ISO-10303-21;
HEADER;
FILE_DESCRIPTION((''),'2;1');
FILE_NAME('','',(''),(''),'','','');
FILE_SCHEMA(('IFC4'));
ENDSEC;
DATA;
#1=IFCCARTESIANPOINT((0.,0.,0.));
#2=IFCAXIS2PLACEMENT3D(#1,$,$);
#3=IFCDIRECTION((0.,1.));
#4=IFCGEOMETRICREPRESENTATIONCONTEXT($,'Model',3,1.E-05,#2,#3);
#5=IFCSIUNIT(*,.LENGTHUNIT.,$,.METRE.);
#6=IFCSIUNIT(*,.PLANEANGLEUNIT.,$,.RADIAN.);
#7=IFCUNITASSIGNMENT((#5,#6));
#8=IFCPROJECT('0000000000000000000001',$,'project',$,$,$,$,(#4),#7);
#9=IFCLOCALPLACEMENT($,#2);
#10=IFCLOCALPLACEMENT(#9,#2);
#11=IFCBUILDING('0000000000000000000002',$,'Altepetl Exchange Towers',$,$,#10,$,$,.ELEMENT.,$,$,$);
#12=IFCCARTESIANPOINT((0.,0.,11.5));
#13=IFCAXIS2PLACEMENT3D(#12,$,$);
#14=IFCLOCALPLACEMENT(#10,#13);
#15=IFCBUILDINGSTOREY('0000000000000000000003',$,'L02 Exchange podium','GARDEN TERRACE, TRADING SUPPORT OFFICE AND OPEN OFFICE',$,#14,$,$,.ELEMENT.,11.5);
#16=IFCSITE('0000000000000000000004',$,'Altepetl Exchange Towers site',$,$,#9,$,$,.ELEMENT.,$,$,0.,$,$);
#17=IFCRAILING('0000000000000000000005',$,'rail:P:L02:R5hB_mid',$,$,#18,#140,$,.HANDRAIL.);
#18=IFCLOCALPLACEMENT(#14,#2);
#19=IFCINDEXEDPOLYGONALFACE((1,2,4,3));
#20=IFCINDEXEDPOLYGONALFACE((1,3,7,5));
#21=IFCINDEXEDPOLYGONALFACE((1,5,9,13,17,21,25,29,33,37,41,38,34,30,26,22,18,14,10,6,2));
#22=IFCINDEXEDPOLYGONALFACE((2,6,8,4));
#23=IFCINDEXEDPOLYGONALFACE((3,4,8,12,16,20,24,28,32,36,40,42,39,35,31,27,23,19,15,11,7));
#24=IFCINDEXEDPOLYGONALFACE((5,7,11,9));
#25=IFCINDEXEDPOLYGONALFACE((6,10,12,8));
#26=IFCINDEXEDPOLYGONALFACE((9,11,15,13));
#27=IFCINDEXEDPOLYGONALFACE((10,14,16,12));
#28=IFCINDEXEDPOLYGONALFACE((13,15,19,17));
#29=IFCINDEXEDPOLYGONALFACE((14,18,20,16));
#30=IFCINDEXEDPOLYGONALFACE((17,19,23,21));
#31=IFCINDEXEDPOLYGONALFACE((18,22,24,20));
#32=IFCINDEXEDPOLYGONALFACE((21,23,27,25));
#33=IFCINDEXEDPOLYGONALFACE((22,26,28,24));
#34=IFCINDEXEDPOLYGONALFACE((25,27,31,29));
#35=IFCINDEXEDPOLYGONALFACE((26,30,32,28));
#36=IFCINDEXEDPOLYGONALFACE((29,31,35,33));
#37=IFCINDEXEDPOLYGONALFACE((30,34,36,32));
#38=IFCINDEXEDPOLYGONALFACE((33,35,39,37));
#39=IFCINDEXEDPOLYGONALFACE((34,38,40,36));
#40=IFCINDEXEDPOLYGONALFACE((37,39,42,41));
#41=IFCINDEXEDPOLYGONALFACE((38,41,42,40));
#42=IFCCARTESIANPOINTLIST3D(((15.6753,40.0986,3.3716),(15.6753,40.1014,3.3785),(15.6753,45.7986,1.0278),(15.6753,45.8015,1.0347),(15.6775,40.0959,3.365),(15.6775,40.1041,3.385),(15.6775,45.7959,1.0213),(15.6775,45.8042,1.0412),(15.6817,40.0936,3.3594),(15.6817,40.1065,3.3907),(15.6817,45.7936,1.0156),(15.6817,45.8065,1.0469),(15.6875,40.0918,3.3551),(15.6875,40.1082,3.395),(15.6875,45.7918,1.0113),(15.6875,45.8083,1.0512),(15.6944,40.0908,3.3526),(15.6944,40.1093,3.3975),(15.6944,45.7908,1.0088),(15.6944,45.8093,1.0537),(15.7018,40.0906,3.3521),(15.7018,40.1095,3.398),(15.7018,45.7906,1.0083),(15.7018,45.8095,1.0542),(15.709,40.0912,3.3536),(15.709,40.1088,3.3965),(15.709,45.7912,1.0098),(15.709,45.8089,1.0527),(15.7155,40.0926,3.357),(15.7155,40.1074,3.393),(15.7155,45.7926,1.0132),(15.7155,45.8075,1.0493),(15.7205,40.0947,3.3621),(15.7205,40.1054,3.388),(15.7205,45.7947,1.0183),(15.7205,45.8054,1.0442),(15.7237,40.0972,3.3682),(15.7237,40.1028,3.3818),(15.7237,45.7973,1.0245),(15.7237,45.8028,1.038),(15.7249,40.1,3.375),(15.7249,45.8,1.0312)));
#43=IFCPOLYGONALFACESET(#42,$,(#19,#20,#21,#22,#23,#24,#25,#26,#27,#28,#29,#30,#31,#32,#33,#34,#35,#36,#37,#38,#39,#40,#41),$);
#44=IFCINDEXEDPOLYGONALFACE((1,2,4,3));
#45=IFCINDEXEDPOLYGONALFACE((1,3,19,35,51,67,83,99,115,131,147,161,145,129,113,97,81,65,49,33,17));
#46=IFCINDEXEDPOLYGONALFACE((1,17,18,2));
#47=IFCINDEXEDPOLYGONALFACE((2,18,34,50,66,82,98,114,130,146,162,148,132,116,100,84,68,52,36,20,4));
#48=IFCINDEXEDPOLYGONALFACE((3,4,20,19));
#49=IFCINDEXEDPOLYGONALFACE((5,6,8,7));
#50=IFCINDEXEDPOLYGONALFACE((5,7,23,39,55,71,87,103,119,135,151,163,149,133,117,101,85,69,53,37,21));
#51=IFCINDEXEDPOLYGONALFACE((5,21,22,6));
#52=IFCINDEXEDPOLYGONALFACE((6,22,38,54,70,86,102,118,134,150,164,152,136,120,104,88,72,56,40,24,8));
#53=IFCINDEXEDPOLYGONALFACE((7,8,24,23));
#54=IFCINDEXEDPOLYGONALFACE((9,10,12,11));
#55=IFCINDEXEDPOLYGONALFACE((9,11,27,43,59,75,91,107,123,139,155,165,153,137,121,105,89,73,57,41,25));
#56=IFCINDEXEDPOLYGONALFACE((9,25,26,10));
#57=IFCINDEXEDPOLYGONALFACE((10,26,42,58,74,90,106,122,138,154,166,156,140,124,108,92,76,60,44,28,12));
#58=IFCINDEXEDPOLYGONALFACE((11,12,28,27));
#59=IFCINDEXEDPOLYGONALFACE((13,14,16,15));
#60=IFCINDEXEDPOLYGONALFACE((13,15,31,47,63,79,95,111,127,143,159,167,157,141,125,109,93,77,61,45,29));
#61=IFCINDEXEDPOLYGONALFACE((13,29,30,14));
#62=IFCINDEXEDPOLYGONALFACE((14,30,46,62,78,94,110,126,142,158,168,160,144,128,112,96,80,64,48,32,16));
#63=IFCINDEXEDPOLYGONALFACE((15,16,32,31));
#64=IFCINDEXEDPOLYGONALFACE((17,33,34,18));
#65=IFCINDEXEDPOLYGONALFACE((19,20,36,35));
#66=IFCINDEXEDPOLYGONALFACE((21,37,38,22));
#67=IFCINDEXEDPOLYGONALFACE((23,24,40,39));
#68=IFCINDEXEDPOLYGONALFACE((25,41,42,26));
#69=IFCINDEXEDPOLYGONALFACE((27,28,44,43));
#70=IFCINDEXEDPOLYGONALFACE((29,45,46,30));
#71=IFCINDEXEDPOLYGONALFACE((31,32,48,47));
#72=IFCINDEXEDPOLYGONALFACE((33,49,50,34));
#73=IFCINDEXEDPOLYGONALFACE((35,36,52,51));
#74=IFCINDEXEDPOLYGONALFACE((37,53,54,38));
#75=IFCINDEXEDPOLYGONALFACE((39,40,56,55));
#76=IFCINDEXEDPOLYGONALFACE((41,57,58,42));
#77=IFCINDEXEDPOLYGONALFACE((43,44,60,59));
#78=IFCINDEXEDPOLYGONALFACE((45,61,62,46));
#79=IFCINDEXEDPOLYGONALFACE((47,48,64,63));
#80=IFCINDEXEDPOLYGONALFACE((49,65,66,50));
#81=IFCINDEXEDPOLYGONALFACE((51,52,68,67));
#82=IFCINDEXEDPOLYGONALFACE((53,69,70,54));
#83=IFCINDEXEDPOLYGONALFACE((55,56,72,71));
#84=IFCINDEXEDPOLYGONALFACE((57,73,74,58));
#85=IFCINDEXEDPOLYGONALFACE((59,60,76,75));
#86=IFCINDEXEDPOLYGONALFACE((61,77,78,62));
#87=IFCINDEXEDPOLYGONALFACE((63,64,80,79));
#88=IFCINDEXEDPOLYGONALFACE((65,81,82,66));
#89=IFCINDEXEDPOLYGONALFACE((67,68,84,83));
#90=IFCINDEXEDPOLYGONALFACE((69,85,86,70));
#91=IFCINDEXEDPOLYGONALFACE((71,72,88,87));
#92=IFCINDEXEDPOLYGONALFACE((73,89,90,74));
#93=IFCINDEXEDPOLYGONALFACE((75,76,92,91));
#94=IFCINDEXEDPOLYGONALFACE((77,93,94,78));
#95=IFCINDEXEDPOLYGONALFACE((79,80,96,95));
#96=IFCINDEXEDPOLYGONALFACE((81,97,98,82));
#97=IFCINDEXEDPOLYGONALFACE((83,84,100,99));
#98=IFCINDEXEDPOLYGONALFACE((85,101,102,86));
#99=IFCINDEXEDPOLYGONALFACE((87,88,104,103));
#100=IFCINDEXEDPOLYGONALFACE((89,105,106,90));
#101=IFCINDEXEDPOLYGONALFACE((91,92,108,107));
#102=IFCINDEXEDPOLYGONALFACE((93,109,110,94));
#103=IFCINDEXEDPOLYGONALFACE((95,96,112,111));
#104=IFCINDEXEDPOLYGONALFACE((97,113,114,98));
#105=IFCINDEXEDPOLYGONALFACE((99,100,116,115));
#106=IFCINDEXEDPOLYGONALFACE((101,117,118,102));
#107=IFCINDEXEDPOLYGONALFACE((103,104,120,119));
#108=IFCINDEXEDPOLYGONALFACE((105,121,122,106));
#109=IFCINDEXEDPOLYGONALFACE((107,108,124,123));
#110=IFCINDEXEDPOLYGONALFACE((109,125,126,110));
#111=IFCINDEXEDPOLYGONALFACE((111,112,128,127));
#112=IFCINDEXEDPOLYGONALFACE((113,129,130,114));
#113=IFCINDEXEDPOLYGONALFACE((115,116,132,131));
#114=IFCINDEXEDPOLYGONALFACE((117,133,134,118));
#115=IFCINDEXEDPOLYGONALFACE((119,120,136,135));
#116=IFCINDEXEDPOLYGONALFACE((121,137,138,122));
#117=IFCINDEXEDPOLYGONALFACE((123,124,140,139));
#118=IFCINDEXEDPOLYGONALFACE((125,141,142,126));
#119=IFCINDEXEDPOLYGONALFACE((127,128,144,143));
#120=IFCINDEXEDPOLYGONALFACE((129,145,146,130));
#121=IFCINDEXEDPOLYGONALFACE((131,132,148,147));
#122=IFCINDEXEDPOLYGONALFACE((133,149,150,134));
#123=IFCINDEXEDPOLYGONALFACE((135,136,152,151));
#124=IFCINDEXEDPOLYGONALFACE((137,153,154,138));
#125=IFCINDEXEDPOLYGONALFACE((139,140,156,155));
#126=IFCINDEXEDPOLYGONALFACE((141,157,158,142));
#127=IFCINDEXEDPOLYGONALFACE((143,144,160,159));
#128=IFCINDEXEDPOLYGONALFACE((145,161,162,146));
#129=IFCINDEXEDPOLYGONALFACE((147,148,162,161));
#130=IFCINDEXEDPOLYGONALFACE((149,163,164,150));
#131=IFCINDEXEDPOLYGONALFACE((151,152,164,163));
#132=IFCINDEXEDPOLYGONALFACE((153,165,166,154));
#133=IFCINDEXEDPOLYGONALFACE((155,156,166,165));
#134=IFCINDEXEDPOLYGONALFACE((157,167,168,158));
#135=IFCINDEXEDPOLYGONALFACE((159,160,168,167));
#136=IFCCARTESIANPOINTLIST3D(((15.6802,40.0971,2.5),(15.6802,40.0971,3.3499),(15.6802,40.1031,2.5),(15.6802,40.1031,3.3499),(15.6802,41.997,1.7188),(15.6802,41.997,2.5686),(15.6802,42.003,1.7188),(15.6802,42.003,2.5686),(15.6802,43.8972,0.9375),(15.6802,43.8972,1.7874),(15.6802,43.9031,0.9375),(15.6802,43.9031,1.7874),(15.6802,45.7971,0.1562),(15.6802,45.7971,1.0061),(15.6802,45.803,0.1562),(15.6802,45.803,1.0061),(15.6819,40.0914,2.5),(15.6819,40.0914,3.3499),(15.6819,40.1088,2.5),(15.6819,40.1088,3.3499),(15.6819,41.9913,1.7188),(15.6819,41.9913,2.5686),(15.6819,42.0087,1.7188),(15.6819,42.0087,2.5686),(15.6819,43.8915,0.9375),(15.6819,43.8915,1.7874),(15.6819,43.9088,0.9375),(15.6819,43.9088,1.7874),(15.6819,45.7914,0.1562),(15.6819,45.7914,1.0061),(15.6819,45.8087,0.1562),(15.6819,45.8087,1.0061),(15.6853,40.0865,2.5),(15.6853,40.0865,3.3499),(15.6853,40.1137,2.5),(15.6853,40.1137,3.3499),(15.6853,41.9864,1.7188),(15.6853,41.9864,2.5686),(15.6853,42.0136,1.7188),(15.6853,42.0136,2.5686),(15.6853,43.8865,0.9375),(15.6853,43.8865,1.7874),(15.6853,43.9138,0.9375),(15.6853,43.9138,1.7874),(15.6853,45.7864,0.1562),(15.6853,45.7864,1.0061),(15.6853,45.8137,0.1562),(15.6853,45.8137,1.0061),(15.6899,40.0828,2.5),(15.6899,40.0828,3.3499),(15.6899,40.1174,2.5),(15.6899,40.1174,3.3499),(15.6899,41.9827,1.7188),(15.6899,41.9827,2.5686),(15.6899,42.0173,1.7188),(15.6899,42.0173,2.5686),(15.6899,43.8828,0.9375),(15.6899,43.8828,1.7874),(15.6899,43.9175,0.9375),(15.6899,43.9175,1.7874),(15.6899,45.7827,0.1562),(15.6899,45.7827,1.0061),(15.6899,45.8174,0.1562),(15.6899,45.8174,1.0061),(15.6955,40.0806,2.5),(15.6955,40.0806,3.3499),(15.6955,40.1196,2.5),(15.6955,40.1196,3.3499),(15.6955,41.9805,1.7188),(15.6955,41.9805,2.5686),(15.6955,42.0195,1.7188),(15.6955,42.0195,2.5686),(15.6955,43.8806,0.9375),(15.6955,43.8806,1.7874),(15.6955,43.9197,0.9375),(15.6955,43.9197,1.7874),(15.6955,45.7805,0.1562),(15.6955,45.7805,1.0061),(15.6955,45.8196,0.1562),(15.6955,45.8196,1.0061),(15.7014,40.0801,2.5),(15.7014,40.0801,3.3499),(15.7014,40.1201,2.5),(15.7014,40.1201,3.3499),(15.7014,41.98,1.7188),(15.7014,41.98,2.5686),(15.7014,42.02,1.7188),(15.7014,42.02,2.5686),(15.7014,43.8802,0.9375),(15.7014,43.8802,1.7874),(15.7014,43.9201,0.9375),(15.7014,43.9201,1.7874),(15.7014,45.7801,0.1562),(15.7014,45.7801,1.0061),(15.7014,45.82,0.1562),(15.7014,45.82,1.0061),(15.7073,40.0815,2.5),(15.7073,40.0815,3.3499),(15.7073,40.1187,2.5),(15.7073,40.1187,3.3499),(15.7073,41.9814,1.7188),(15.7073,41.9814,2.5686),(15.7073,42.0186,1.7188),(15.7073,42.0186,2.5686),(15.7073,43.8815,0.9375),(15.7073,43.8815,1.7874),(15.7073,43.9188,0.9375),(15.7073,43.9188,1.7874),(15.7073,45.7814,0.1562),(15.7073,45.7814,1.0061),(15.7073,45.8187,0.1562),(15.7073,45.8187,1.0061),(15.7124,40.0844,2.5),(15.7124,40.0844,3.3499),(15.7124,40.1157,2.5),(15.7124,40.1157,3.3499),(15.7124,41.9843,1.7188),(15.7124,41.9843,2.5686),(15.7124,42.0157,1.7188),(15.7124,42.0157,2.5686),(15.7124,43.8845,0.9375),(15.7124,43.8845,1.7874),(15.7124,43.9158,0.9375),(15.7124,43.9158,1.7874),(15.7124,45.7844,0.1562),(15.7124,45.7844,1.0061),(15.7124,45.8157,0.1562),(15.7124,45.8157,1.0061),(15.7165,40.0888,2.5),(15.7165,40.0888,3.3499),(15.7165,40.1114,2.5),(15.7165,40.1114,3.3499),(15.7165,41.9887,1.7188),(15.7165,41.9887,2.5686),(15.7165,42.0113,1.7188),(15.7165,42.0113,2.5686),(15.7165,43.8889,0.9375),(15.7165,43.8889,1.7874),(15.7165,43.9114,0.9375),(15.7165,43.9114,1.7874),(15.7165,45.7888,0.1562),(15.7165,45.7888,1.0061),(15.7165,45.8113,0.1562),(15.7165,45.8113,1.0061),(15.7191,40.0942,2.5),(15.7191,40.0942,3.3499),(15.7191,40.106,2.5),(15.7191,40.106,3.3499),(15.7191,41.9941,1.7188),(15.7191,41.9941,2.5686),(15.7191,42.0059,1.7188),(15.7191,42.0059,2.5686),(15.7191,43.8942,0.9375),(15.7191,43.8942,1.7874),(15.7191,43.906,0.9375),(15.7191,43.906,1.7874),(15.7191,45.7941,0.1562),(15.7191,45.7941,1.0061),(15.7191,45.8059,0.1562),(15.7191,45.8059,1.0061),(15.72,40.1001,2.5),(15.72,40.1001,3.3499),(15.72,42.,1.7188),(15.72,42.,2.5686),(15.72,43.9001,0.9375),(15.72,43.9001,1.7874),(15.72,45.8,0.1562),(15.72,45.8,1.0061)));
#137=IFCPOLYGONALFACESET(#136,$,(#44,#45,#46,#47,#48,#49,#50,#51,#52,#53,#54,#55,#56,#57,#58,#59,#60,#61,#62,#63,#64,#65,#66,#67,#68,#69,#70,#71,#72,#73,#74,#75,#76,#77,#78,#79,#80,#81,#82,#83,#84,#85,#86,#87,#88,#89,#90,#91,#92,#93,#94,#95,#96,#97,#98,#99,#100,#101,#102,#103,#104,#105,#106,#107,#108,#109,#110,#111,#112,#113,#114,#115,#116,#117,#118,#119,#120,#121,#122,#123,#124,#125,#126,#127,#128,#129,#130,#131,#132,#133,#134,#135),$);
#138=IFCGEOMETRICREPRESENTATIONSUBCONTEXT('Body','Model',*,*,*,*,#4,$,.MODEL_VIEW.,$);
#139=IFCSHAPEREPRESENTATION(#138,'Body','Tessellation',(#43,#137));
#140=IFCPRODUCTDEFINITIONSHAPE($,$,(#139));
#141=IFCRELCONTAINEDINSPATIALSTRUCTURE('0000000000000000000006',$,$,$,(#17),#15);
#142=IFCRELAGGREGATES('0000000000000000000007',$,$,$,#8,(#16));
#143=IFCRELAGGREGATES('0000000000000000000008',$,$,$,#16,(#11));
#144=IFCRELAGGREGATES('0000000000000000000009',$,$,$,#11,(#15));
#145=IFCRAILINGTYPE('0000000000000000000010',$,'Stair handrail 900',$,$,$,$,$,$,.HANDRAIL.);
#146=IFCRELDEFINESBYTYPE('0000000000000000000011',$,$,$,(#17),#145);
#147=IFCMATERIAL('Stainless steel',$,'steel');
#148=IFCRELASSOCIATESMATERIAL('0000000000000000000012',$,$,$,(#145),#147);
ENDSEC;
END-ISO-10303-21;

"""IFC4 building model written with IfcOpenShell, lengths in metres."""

from ifc_helpers import new_model, si_unit, direction, frame, origin, origin_2d, place, context, subcontext, project, spatial, circle, extrude, source, transform, mapped, material, type_object, element, save


model = new_model("IFC4")

# Units and contexts
model_context = context("Model", 3, precision=1e-05, world=origin(), true_north=direction((0.0, 1.0)))
body_context = subcontext(model_context, "Body", "Model", "MODEL_VIEW")
ifc_project = project(units=[si_unit("LENGTHUNIT", "METRE"), si_unit("PLANEANGLEUNIT", "RADIAN")], contexts=[model_context])

# Site, building, storey
site_placement = place(None, origin())
site = spatial("IfcSite", under=ifc_project, at=site_placement, Name="Altepetl Exchange Towers site", CompositionType="ELEMENT", RefElevation=0.0)
building_placement = place(site_placement, origin())
building = spatial("IfcBuilding", under=site, at=building_placement, Name="Altepetl Exchange Towers", CompositionType="ELEMENT")
storey_placement = place(building_placement, frame((0.0, 0.0, 11.5)))
storey = spatial("IfcBuildingStorey", under=building, at=storey_placement, Name="L02 Exchange podium", Description="GARDEN TERRACE, TRADING SUPPORT OFFICE AND OPEN OFFICE", CompositionType="ELEMENT", Elevation=11.5)

# Railing
ifc_material_1 = material(Name="Stainless steel", Category="steel")
railing_type_1 = type_object("IfcRailingType", Name="Stair handrail 900", PredefinedType="HANDRAIL", material=ifc_material_1)
shared_shape_1 = source(origin(), body_context, "Body", "SweptSolid", [
    extrude(circle(Radius=0.02, at=origin_2d()), origin(), (0.0, 0.0, 1.0), 0.8499),
])
for number, where, name in (
    (1, (15.7, 45.8, 0.1562), "rail:P:L02:R5hB_mid"),
):
    element("IfcRailing", number, at=place(storey_placement, frame(where)), inside=storey, type_object=railing_type_1, Name=name, PredefinedType="HANDRAIL", context=body_context, shape_type="SweptSolid", body=[
        extrude(circle(Radius=0.0249, at=origin_2d()), frame((0.0, 0.0, 0.875), z_axis=(0.0, -0.924866, 0.380293), x_axis=(1.0, 0.0, 0.0)), (0.0, 0.0, 1.0), 6.1631),
        mapped(shared_shape_1, transform((0.0, 0.0, 0.0))),
        mapped(shared_shape_1, transform((0.0, -1.8999, 0.7812))),
        mapped(shared_shape_1, transform((0.0, -3.8, 1.5625))),
        mapped(shared_shape_1, transform((0.0, -5.7, 2.3438))),
    ])

save(model, "model.ifc")
